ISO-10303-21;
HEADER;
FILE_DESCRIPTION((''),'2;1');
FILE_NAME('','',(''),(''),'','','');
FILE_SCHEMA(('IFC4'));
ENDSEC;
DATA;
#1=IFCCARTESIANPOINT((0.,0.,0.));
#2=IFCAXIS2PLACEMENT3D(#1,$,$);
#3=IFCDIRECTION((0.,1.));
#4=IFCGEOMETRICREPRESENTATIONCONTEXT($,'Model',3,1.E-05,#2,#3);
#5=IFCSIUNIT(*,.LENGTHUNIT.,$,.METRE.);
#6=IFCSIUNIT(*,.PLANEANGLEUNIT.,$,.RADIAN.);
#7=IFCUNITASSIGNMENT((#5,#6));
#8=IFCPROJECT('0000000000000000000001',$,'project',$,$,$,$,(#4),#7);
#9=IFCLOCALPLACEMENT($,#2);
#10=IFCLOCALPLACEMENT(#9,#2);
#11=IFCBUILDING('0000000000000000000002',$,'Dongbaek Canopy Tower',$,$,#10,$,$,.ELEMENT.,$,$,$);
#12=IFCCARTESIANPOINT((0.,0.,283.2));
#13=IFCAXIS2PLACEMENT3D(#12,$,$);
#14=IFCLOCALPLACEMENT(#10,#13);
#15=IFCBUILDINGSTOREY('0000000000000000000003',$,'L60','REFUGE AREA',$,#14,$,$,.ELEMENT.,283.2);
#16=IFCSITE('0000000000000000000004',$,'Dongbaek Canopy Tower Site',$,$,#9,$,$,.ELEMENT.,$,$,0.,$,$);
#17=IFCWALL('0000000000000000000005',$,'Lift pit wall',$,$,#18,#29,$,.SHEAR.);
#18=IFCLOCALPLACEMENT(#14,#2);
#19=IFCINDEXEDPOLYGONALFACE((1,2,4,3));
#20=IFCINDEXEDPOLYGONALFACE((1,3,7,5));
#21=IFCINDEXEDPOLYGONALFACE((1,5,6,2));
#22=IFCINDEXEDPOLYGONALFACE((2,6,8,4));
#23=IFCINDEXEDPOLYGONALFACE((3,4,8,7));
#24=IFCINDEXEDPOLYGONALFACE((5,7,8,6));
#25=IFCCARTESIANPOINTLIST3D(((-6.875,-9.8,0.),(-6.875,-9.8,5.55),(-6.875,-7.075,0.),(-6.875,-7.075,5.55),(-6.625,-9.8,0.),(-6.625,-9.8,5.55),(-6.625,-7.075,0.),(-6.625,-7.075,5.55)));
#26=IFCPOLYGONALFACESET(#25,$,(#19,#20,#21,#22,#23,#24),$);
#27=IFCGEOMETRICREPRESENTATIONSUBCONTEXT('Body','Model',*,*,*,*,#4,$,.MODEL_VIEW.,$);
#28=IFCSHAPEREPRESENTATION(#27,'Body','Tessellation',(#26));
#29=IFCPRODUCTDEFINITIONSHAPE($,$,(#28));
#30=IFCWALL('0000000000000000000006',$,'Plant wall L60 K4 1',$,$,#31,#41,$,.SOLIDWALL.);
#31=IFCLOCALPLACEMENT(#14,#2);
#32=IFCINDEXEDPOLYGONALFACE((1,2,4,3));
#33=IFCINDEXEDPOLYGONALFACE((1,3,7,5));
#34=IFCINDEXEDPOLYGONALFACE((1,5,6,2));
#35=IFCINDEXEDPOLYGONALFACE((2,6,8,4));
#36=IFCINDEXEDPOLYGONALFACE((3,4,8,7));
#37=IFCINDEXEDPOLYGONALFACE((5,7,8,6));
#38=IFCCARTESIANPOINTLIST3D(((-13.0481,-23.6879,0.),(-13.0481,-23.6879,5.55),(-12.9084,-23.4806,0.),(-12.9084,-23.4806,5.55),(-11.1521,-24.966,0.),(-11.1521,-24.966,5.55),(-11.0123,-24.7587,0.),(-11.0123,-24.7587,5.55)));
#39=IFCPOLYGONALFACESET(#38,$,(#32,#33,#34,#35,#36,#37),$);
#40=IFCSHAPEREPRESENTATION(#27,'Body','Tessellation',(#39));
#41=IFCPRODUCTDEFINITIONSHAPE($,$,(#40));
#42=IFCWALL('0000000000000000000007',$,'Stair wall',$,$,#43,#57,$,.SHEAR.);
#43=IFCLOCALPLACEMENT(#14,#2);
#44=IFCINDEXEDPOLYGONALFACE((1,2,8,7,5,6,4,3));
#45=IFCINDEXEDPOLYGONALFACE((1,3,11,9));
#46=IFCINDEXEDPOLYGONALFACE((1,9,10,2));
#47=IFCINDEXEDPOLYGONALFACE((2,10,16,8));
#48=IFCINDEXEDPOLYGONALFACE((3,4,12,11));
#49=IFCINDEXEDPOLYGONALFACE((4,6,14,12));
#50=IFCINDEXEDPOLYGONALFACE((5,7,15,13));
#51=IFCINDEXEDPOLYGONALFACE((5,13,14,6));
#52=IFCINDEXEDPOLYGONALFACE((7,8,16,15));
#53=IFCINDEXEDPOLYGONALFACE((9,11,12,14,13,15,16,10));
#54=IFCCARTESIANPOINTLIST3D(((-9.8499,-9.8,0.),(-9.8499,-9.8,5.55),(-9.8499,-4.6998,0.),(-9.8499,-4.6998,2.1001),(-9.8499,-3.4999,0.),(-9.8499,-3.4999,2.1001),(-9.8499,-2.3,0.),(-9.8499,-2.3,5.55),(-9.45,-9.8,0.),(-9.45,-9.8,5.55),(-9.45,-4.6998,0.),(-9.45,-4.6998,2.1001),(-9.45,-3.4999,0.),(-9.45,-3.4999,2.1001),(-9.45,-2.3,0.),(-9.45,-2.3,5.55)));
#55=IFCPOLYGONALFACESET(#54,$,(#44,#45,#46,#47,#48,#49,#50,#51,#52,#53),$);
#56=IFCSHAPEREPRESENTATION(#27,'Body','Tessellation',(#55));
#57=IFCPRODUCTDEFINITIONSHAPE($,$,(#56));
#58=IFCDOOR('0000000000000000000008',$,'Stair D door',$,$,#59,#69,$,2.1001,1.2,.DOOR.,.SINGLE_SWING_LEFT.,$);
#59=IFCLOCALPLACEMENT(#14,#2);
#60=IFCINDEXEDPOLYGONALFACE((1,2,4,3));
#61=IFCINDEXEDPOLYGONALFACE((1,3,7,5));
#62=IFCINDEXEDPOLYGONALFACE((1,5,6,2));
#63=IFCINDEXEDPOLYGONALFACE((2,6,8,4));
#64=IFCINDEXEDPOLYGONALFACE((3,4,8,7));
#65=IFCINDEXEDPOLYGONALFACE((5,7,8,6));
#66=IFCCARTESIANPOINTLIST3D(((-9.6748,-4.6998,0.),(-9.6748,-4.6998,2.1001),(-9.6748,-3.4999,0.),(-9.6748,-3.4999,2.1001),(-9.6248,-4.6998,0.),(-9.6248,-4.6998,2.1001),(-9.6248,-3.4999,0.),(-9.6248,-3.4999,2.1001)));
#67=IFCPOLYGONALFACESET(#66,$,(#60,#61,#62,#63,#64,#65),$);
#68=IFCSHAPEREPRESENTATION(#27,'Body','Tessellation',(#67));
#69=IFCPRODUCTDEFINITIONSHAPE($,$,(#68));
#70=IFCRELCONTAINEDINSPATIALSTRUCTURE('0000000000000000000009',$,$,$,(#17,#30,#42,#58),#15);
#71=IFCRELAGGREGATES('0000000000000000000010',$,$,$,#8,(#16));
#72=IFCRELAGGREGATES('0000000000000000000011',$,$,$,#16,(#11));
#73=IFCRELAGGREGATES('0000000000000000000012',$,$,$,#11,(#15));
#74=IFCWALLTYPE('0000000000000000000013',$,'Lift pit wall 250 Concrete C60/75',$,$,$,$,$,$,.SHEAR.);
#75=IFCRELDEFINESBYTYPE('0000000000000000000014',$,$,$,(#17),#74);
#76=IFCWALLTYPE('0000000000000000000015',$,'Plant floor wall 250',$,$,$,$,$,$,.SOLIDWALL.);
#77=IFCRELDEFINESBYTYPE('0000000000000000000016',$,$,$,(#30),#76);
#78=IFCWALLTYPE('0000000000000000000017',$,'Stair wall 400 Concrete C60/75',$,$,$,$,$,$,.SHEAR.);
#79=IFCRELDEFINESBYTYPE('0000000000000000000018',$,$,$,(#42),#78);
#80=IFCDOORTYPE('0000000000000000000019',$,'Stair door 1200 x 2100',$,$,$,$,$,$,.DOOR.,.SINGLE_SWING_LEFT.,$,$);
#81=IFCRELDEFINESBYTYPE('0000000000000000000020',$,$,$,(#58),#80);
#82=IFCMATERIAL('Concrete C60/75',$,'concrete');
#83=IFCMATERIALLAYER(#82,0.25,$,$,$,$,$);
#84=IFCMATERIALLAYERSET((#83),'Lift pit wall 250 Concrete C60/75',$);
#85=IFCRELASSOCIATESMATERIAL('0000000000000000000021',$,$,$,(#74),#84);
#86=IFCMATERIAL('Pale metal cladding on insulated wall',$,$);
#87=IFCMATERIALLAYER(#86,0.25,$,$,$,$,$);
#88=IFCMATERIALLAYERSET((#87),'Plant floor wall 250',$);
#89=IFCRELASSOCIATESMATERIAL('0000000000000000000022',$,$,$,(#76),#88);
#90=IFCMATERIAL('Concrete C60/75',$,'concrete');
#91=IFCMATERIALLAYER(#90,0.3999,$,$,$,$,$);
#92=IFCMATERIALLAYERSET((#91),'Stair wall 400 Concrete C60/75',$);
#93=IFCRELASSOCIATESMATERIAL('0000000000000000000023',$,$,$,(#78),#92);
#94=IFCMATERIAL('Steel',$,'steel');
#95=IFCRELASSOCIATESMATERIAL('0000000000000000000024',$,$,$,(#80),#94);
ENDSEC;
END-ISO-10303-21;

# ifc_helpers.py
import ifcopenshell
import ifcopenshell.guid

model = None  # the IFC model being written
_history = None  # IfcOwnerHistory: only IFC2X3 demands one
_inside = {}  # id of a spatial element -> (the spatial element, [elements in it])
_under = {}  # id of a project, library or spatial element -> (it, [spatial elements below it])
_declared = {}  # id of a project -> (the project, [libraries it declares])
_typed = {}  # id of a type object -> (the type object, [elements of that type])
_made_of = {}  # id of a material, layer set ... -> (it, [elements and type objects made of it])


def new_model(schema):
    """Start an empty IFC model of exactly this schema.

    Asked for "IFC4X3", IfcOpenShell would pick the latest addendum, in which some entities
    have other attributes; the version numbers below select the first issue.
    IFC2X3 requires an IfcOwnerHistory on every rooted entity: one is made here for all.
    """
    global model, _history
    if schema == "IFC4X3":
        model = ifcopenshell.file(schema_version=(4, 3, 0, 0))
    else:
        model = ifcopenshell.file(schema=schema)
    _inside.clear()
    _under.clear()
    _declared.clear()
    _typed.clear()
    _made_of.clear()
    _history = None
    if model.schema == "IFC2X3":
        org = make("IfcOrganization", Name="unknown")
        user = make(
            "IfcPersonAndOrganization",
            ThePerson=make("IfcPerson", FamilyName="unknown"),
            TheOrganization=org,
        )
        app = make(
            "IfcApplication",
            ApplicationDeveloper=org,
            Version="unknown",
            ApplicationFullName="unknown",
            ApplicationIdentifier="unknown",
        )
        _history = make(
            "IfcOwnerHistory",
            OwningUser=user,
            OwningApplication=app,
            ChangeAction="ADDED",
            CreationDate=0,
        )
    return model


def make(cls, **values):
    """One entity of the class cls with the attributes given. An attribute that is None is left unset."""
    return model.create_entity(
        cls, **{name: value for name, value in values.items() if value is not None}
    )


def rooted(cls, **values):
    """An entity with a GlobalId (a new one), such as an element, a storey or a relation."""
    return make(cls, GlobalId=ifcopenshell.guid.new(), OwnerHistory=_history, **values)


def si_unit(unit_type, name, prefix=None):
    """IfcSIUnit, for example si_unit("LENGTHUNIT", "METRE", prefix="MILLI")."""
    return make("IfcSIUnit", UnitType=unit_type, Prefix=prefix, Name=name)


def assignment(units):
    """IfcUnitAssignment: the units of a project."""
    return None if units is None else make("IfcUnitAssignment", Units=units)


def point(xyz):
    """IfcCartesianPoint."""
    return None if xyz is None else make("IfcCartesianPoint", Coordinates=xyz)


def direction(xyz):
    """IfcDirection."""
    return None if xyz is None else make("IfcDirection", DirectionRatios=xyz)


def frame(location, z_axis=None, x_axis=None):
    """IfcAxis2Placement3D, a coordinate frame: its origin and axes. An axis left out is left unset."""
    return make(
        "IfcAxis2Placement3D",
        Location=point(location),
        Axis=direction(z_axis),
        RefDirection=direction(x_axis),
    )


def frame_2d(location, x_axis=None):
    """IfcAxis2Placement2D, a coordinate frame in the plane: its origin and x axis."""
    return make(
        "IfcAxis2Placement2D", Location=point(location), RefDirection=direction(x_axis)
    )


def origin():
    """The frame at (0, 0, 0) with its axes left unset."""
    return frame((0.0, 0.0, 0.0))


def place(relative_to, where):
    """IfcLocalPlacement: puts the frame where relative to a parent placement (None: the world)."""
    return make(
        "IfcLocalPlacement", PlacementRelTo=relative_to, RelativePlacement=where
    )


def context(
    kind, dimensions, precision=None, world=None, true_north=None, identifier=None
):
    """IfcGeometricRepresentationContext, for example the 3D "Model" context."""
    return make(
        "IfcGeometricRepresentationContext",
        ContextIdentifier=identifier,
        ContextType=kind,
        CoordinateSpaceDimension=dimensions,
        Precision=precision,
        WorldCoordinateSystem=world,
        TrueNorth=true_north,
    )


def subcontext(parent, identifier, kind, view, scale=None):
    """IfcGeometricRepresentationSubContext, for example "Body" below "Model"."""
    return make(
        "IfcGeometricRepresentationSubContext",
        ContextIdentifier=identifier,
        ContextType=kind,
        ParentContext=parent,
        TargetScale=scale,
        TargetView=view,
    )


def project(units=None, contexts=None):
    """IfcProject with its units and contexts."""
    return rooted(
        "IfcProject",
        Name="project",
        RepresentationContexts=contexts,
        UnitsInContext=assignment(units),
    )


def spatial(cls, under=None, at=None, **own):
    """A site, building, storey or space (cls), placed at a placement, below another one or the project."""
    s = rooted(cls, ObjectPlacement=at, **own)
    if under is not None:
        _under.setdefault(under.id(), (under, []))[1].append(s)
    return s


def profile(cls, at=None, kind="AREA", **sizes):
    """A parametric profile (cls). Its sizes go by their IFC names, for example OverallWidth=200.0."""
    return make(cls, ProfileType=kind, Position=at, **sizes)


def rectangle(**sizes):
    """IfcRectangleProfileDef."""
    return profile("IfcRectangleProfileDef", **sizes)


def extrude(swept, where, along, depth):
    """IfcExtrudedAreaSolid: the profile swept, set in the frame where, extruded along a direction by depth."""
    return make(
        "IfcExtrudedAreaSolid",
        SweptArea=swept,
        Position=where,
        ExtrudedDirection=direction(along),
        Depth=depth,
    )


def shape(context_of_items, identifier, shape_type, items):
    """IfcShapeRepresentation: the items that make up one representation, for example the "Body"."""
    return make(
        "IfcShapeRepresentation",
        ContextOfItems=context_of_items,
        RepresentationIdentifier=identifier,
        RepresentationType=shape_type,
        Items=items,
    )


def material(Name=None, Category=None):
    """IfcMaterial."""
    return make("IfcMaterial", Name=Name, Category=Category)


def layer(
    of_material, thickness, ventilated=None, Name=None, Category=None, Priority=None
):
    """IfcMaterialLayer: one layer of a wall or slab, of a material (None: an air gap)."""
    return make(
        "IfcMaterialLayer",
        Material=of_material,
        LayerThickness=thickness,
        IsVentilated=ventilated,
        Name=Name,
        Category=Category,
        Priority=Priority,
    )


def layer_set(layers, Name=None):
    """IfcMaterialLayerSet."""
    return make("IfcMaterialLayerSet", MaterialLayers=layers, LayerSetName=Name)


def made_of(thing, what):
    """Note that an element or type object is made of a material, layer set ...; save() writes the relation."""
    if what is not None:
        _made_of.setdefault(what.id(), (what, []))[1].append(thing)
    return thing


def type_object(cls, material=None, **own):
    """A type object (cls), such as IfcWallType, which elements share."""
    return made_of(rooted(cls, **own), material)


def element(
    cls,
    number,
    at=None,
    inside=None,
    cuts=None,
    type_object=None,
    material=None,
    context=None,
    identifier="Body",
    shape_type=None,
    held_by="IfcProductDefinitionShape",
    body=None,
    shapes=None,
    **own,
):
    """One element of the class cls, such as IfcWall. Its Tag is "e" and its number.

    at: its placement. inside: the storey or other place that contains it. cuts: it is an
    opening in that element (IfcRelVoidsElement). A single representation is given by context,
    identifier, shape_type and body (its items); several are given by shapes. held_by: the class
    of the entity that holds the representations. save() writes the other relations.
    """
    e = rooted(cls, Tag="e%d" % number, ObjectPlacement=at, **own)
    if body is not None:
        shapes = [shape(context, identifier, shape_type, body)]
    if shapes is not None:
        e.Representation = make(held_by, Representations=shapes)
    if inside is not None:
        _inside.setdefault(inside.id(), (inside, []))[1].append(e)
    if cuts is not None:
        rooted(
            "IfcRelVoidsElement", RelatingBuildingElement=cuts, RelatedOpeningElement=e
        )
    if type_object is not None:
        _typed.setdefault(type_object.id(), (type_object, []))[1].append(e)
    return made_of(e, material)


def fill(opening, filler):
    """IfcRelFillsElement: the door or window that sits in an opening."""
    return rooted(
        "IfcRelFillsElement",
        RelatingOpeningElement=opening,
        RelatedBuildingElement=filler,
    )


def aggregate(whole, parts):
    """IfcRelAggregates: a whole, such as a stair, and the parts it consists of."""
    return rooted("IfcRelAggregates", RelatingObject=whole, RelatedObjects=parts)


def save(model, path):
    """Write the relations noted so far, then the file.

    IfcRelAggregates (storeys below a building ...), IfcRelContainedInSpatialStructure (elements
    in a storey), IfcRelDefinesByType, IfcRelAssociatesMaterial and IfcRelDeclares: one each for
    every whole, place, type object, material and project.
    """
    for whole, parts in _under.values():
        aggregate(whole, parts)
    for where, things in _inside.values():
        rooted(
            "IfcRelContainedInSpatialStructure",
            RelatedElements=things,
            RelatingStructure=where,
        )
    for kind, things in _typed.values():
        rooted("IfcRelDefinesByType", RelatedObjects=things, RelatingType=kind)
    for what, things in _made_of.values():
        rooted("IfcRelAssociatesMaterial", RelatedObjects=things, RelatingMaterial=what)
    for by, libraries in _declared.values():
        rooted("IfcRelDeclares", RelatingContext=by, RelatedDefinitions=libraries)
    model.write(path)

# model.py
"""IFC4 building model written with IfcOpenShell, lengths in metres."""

from ifc_helpers import new_model, si_unit, direction, frame, frame_2d, origin, place, context, subcontext, project, spatial, rectangle, extrude, material, layer, layer_set, type_object, element, fill, save


model = new_model("IFC4")

# Units and contexts
model_context = context("Model", 3, precision=1e-05, world=origin(), true_north=direction((0.0, 1.0)))
body_context = subcontext(model_context, "Body", "Model", "MODEL_VIEW")
ifc_project = project(units=[si_unit("LENGTHUNIT", "METRE"), si_unit("PLANEANGLEUNIT", "RADIAN")], contexts=[model_context])

# Site, building, storey
site_placement = place(None, origin())
site = spatial("IfcSite", under=ifc_project, at=site_placement, Name="Dongbaek Canopy Tower Site", CompositionType="ELEMENT", RefElevation=0.0)
building_placement = place(site_placement, origin())
building = spatial("IfcBuilding", under=site, at=building_placement, Name="Dongbaek Canopy Tower", CompositionType="ELEMENT")
storey_placement = place(building_placement, frame((0.0, 0.0, 283.2)))
storey = spatial("IfcBuildingStorey", under=building, at=storey_placement, Name="L60", Description="REFUGE AREA", CompositionType="ELEMENT", Elevation=283.2)

# Walls
ifc_material_1 = material(Name="Concrete C60/75", Category="concrete")
ifc_layer_1 = layer(ifc_material_1, 0.25)
ifc_layer_set_1 = layer_set([ifc_layer_1], Name="Lift pit wall 250 Concrete C60/75")
wall_type_1 = type_object("IfcWallType", Name="Lift pit wall 250 Concrete C60/75", PredefinedType="SHEAR", material=ifc_layer_set_1)
for number, where, z_axis, x_axis, name in (
    (1, (-6.75, -9.8, 0.0), (0.0, 0.0, 1.0), (0.0, 1.0, 0.0), "Lift pit wall"),
):
    element("IfcWall", number, at=place(storey_placement, frame(where, z_axis=z_axis, x_axis=x_axis)), inside=storey, type_object=wall_type_1, Name=name, PredefinedType="SHEAR", context=body_context, shape_type="SweptSolid", body=[
        extrude(rectangle(XDim=2.7251, YDim=0.25, at=frame_2d((1.3625, 0.0))), origin(), (0.0, 0.0, 1.0), 5.55),
    ])
ifc_material_2 = material(Name="Pale metal cladding on insulated wall")
ifc_layer_2 = layer(ifc_material_2, 0.25)
ifc_layer_set_2 = layer_set([ifc_layer_2], Name="Plant floor wall 250")
wall_type_2 = type_object("IfcWallType", Name="Plant floor wall 250", PredefinedType="SOLIDWALL", material=ifc_layer_set_2)
wall_1_placement = place(storey_placement, frame((-12.9783, -23.5842, 0.0), z_axis=(0.0, 0.0, 1.0), x_axis=(0.829198, -0.558956, 0.0)))
element("IfcWall", 2, at=wall_1_placement, inside=storey, type_object=wall_type_2, Name="Plant wall L60 K4 1", PredefinedType="SOLIDWALL", context=body_context, shape_type="SweptSolid", body=[
    extrude(rectangle(XDim=2.2866, YDim=0.25, at=frame_2d((1.1433, 0.0))), origin(), (0.0, 0.0, 1.0), 5.55),
])

# Wall, opening, door
ifc_material_3 = material(Name="Concrete C60/75", Category="concrete")
ifc_layer_3 = layer(ifc_material_3, 0.3999)
ifc_layer_set_3 = layer_set([ifc_layer_3], Name="Stair wall 400 Concrete C60/75")
wall_type_3 = type_object("IfcWallType", Name="Stair wall 400 Concrete C60/75", PredefinedType="SHEAR", material=ifc_layer_set_3)
wall_2_placement = place(storey_placement, frame((-9.6499, -9.8, 0.0), z_axis=(0.0, 0.0, 1.0), x_axis=(0.0, 1.0, 0.0)))
wall_2 = element("IfcWall", 3, at=wall_2_placement, inside=storey, type_object=wall_type_3, Name="Stair wall", PredefinedType="SHEAR", context=body_context, shape_type="SweptSolid", body=[
    extrude(rectangle(XDim=7.5, YDim=0.3999, at=frame_2d((3.75, 0.0))), origin(), (0.0, 0.0, 1.0), 5.55),
])
opening_placement = place(wall_2_placement, frame((5.1001, 0.0, 0.0)))
opening = element("IfcOpeningElement", 4, at=opening_placement, cuts=wall_2, PredefinedType="OPENING", context=body_context, shape_type="SweptSolid", body=[
    extrude(rectangle(XDim=1.2, YDim=2.1001, at=frame_2d((0.6001, 1.05))), frame((0.0, 0.21, 0.0), z_axis=(0.0, -1.0, 0.0), x_axis=(1.0, 0.0, 0.0)), (0.0, 0.0, 1.0), 0.4199),
])
ifc_material_4 = material(Name="Steel", Category="steel")
door_type = type_object("IfcDoorType", Name="Stair door 1200 x 2100", OperationType="SINGLE_SWING_LEFT", PredefinedType="DOOR", material=ifc_material_4)
door_placement = place(opening_placement, origin())
door = element("IfcDoor", 5, at=door_placement, inside=storey, type_object=door_type, Name="Stair D door", OperationType="SINGLE_SWING_LEFT", OverallHeight=2.1001, OverallWidth=1.2, PredefinedType="DOOR", context=body_context, shape_type="SweptSolid", body=[
    extrude(rectangle(XDim=1.2, YDim=2.1001, at=frame_2d((0.6001, 1.05))), frame((0.0, 0.0249, 0.0), z_axis=(0.0, -1.0, 0.0), x_axis=(1.0, 0.0, 0.0)), (0.0, 0.0, 1.0), 0.05),
])
fill(opening, door)

save(model, "model.ifc")
